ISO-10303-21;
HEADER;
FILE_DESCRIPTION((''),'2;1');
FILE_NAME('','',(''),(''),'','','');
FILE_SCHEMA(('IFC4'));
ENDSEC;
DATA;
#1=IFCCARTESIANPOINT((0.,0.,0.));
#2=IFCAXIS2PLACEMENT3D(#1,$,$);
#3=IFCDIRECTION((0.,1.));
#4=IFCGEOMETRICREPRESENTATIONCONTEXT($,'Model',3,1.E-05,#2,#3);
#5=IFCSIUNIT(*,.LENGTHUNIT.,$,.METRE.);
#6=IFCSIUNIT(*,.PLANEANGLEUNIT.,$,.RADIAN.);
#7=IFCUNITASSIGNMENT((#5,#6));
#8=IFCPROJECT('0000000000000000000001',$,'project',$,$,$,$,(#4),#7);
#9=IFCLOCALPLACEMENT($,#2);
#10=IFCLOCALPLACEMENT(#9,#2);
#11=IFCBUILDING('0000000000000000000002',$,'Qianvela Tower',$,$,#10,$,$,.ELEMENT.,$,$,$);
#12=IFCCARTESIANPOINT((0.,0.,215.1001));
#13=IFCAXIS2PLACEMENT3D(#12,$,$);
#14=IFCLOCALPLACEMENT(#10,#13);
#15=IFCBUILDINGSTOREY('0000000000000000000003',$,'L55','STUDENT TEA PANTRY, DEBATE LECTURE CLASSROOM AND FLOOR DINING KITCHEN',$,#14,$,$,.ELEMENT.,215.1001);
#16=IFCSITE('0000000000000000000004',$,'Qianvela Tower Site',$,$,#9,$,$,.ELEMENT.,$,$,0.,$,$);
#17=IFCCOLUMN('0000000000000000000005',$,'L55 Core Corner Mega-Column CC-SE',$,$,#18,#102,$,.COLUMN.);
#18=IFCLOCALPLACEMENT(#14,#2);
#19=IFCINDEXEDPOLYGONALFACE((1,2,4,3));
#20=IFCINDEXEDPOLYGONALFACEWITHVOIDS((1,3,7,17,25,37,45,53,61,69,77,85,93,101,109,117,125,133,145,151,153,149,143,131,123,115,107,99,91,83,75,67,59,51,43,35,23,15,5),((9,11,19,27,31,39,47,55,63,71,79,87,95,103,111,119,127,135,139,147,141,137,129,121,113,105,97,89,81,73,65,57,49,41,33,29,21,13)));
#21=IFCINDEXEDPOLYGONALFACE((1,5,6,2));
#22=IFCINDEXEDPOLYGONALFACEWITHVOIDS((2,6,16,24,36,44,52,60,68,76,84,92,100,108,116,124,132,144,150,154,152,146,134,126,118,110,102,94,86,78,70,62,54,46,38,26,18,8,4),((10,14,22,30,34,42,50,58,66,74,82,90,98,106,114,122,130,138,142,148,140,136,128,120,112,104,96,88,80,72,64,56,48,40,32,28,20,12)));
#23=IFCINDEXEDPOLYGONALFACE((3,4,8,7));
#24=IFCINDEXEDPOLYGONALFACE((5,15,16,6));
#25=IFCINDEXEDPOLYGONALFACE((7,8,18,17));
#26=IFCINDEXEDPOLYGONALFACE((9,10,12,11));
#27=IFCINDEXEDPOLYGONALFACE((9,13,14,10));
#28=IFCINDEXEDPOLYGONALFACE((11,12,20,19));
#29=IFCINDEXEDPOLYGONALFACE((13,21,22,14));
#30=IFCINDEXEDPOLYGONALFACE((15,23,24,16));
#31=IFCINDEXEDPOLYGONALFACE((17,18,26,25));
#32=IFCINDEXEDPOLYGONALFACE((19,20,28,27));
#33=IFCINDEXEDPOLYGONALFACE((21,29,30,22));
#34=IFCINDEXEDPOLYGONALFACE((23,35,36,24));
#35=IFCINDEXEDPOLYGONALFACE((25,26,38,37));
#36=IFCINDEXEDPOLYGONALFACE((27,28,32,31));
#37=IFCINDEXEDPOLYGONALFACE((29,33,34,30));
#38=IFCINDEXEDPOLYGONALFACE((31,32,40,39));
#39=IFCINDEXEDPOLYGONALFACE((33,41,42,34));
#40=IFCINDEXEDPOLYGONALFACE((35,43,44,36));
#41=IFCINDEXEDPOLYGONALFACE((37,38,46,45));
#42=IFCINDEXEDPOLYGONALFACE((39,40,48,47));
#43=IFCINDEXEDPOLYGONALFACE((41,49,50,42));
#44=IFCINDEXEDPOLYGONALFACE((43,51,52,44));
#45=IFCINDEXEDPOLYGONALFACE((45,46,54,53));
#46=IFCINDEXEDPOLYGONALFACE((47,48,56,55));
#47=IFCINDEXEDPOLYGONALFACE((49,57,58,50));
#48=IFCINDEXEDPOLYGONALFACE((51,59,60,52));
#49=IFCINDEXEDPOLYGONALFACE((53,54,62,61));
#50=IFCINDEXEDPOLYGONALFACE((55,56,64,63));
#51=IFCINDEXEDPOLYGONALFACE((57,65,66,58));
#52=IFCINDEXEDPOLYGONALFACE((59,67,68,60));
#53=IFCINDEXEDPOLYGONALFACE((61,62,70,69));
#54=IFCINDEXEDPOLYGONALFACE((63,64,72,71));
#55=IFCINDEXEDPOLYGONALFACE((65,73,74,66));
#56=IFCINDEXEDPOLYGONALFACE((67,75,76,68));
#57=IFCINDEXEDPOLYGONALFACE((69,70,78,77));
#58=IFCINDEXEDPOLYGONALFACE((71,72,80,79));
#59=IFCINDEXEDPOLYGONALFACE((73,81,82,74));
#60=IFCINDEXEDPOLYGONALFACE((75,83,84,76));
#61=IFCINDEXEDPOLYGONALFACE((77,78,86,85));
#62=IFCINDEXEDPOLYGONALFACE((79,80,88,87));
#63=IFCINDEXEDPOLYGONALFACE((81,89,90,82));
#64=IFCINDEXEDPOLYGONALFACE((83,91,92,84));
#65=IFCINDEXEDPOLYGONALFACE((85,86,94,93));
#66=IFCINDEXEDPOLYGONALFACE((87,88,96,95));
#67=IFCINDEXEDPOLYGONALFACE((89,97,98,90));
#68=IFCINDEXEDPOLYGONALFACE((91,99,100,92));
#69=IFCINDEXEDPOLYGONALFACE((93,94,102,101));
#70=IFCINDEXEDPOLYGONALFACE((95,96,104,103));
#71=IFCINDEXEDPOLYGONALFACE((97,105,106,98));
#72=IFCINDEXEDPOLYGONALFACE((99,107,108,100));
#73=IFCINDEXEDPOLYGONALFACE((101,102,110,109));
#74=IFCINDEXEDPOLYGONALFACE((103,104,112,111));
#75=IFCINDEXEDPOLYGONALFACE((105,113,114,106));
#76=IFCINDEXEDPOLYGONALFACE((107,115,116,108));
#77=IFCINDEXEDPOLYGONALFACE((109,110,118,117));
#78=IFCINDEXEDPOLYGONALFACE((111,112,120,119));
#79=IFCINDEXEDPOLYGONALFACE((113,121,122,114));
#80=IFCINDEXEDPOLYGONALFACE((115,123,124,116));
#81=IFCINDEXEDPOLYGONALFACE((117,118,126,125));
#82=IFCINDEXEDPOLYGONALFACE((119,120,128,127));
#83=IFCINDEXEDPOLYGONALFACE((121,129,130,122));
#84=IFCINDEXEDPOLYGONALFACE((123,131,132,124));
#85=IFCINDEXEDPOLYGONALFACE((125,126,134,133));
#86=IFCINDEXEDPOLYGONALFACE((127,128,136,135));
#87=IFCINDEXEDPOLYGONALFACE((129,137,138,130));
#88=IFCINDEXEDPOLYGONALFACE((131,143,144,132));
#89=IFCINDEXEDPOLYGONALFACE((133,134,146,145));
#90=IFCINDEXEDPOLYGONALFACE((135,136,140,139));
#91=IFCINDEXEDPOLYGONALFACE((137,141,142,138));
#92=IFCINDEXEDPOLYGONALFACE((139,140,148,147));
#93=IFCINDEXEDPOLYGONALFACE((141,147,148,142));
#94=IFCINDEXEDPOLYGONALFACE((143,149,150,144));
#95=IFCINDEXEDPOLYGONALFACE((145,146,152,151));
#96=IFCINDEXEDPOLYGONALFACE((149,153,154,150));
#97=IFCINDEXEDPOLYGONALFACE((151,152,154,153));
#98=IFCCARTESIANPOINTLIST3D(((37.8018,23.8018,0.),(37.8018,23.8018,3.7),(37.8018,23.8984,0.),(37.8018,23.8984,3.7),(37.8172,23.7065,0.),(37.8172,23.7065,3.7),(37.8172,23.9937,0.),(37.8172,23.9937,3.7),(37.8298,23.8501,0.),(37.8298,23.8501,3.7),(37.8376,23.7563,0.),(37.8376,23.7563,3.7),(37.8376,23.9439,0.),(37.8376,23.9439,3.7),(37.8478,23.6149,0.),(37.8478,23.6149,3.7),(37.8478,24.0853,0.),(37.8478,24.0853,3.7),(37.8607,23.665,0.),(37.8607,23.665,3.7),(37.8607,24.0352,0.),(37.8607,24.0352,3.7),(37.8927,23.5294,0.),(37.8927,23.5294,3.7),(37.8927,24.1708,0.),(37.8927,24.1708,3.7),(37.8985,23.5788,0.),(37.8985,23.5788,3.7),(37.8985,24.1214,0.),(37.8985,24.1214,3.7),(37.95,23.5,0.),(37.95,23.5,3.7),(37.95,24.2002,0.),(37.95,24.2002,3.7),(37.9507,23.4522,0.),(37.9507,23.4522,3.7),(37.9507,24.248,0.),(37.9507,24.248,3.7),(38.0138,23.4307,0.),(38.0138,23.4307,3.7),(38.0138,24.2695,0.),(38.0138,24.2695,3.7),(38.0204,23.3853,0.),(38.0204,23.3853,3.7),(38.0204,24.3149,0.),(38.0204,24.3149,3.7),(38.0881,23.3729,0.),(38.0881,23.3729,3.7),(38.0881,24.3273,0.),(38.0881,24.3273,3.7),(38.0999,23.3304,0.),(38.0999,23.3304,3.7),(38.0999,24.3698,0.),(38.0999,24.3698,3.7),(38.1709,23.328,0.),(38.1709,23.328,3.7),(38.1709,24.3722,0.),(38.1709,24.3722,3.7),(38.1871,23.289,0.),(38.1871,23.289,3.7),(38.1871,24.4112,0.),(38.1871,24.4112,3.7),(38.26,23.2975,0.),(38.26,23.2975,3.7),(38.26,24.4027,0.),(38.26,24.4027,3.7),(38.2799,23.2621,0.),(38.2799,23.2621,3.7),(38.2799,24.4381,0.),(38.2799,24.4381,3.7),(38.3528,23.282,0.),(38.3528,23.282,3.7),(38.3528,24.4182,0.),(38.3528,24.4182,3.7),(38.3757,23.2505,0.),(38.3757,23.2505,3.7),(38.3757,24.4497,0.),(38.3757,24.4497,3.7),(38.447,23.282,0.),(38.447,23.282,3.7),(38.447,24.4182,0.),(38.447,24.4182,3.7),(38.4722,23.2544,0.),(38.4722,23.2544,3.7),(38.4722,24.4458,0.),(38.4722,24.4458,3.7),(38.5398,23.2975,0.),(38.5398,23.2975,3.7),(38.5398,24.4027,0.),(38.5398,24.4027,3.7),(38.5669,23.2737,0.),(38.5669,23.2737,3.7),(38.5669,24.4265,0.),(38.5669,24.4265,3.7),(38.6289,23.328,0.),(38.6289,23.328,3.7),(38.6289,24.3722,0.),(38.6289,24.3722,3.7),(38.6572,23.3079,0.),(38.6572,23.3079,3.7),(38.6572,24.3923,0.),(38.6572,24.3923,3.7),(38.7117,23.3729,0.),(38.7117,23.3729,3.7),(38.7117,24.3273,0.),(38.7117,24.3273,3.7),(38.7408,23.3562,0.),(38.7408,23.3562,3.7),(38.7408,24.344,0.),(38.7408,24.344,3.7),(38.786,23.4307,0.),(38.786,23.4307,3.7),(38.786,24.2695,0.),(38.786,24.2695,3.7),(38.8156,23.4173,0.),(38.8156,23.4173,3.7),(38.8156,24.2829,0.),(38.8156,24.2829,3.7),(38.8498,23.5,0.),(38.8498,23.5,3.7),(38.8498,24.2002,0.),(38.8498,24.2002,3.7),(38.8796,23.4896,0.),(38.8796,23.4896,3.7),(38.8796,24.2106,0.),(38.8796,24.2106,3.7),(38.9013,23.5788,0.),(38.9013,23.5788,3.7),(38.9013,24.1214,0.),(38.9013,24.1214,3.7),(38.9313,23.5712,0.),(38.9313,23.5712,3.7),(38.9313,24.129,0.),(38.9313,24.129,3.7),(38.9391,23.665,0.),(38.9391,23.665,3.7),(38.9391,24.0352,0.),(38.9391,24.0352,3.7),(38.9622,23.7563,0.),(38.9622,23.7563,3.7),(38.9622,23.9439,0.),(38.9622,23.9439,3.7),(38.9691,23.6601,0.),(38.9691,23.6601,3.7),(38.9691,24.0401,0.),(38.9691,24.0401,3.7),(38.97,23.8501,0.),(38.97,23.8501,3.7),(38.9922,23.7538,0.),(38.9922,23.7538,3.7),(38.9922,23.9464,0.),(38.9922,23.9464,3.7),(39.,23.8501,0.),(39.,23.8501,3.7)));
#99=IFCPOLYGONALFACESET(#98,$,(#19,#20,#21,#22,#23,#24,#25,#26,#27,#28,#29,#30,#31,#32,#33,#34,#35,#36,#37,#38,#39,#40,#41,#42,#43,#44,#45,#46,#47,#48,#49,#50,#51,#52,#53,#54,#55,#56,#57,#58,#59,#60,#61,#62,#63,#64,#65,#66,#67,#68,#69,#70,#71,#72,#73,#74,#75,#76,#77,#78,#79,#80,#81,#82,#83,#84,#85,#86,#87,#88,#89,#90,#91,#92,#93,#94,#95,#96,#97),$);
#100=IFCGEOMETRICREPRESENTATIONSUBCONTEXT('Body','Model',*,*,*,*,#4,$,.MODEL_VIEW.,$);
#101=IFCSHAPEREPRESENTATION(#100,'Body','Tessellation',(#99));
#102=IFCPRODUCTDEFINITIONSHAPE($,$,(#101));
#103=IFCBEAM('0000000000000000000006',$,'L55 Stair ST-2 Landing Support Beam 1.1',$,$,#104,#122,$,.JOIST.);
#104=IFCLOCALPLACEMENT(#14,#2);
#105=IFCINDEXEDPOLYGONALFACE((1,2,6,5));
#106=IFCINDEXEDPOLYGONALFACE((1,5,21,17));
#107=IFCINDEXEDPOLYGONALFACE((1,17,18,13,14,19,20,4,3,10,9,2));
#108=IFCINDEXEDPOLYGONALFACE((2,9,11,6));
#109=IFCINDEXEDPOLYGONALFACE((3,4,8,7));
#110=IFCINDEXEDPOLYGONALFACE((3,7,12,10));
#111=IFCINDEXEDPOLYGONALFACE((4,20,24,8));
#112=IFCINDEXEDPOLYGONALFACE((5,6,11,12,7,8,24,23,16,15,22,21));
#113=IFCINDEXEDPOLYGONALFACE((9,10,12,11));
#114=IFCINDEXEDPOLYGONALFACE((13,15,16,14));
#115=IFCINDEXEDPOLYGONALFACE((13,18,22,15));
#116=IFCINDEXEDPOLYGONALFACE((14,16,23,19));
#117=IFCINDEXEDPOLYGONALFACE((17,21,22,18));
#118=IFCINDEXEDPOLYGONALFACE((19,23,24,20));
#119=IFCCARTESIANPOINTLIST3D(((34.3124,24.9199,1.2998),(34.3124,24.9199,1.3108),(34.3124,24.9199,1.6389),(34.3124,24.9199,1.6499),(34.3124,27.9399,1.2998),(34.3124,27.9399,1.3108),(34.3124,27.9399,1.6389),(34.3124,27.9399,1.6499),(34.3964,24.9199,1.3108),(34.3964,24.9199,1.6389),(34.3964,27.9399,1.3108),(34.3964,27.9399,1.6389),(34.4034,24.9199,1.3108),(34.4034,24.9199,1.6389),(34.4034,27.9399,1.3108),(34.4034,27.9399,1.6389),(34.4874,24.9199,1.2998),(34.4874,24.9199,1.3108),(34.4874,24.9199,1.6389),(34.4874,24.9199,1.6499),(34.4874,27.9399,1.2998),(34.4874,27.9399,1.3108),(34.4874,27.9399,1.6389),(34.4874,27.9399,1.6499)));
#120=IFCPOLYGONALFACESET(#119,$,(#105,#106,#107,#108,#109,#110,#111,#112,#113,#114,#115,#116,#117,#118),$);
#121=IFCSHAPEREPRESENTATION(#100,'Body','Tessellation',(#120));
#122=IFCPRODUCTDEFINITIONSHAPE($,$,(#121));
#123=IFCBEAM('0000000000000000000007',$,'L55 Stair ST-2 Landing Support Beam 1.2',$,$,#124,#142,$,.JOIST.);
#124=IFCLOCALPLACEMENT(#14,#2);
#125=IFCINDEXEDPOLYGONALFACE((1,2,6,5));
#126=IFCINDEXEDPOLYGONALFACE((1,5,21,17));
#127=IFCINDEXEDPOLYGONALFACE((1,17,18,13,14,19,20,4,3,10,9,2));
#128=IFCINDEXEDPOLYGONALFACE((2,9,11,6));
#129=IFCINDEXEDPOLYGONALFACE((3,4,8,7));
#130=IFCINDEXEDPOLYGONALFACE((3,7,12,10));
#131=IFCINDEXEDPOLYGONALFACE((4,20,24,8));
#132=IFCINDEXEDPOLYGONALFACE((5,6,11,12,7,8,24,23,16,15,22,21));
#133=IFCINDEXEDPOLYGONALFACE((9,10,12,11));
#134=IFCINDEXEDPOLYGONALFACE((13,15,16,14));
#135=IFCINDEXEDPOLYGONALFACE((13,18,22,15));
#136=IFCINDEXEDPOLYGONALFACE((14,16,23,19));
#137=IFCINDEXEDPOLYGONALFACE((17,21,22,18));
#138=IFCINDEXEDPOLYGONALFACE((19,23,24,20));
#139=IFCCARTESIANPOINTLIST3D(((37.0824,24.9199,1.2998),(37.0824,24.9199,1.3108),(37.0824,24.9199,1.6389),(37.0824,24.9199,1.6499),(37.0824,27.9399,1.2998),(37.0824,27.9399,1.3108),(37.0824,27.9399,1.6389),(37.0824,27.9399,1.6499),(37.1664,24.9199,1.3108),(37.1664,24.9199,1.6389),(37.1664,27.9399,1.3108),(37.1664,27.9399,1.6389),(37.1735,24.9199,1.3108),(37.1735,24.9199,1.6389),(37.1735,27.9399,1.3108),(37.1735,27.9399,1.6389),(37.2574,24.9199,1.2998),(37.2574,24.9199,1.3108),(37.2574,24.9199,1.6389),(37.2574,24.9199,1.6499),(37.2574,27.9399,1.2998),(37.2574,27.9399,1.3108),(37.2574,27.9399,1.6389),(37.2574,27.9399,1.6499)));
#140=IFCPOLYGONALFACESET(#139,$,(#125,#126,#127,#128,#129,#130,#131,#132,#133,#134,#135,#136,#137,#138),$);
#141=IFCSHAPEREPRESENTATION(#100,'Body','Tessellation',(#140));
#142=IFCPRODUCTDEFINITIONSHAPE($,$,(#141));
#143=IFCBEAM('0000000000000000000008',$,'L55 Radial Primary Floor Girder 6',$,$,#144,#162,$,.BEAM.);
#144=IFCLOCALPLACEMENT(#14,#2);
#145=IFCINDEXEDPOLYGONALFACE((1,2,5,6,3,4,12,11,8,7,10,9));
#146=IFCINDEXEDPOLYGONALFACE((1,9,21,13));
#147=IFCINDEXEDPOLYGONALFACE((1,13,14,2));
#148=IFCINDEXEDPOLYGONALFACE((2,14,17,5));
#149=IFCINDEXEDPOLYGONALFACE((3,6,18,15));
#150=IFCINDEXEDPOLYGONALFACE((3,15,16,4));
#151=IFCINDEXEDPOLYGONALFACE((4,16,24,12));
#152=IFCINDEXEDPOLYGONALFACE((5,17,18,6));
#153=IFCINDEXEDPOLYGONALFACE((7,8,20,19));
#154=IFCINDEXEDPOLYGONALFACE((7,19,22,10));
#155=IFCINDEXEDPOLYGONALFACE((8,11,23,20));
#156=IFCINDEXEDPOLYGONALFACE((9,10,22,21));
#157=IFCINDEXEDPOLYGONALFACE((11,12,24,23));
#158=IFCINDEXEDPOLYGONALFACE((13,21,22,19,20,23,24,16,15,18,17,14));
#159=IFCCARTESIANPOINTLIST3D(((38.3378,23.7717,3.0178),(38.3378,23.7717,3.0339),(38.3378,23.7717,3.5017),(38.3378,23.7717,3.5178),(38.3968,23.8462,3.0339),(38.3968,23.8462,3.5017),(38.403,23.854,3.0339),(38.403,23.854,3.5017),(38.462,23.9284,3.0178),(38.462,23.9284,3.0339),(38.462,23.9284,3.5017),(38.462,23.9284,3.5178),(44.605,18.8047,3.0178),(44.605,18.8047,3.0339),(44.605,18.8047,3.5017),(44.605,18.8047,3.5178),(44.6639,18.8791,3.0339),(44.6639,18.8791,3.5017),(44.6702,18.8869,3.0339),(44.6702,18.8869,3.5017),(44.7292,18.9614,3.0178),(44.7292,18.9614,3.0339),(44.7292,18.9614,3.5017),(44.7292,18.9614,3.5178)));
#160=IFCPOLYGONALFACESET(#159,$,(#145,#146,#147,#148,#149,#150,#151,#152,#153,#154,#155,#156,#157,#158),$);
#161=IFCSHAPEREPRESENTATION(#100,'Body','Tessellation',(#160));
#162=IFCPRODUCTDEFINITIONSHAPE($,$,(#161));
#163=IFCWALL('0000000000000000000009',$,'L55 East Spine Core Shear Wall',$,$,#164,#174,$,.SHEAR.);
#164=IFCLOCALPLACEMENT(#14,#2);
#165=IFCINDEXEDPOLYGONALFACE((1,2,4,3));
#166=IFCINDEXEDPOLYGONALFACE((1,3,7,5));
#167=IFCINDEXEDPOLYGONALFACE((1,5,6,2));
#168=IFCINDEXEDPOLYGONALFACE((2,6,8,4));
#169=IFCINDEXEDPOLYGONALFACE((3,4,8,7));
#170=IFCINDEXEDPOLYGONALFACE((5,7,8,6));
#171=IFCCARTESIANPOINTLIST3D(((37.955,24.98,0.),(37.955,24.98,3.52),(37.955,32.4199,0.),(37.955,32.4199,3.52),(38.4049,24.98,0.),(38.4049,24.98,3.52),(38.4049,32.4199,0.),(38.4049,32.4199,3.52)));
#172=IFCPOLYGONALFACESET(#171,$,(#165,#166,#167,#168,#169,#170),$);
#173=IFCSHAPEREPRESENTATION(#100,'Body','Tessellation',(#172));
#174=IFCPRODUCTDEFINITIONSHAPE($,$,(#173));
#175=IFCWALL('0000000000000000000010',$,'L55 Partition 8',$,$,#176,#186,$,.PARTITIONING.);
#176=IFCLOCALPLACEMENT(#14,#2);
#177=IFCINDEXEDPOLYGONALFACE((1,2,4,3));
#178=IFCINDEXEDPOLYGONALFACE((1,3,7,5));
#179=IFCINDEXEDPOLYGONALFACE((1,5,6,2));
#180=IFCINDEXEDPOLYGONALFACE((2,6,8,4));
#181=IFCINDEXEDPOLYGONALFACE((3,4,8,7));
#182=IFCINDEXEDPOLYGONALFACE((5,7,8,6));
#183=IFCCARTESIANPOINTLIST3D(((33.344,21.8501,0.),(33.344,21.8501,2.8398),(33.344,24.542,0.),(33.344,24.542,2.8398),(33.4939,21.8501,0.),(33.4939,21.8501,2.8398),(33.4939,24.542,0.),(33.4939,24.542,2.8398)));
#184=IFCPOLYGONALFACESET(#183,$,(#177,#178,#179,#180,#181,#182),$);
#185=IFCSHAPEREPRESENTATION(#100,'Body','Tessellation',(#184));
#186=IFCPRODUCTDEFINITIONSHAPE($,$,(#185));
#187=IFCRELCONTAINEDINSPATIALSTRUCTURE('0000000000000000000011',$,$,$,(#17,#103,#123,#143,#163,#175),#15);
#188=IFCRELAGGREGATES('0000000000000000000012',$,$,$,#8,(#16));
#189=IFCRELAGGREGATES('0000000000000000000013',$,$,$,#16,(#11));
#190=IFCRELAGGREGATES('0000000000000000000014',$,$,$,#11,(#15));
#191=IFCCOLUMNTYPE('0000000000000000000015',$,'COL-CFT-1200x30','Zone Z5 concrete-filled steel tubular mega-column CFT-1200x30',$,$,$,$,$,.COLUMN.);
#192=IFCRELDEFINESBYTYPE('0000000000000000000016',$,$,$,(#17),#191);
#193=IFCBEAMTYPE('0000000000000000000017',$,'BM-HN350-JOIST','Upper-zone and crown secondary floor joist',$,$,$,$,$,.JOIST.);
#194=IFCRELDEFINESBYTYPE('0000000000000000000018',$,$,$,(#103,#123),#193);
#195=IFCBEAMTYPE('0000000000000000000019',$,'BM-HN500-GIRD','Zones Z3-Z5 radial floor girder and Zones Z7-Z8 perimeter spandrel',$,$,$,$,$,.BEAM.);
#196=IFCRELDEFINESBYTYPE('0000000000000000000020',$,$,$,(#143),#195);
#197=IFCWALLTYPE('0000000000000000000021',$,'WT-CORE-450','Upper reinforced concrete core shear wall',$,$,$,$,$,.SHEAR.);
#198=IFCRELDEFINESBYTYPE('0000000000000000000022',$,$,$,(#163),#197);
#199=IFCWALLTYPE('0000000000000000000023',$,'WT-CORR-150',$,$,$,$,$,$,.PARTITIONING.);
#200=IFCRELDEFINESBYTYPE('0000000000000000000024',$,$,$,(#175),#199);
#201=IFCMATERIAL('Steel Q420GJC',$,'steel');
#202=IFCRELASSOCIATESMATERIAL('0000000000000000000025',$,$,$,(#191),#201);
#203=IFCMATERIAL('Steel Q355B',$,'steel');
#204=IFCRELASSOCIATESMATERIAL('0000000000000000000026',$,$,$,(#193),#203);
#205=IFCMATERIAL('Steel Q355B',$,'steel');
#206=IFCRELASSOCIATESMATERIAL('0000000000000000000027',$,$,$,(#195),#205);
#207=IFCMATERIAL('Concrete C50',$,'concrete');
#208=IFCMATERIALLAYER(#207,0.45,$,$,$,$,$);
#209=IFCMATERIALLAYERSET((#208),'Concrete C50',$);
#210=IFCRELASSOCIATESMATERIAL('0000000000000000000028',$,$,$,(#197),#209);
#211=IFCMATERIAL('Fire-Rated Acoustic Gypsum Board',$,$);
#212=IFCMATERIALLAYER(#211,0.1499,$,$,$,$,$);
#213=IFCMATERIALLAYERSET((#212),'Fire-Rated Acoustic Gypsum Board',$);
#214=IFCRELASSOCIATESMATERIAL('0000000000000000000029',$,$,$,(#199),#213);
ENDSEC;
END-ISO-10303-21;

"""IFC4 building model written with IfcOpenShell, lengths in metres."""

from ifc_helpers import new_model, si_unit, direction, frame, frame_2d, origin, origin_2d, place, context, subcontext, project, spatial, rectangle, hollow_circle, i_section, extrude, material, layer, layer_set, material_profile, profile_set, type_object, element, save


model = new_model("IFC4")

# Units and contexts
model_context = context("Model", 3, precision=1e-05, world=origin(), true_north=direction((0.0, 1.0)))
body_context = subcontext(model_context, "Body", "Model", "MODEL_VIEW")
ifc_project = project(units=[si_unit("LENGTHUNIT", "METRE"), si_unit("PLANEANGLEUNIT", "RADIAN")], contexts=[model_context])

# Site, building, storey
site_placement = place(None, origin())
site = spatial("IfcSite", under=ifc_project, at=site_placement, Name="Qianvela Tower Site", CompositionType="ELEMENT", RefElevation=0.0)
building_placement = place(site_placement, origin())
building = spatial("IfcBuilding", under=site, at=building_placement, Name="Qianvela Tower", CompositionType="ELEMENT")
storey_placement = place(building_placement, frame((0.0, 0.0, 215.1001)))
storey = spatial("IfcBuildingStorey", under=building, at=storey_placement, Name="L55", Description="STUDENT TEA PANTRY, DEBATE LECTURE CLASSROOM AND FLOOR DINING KITCHEN", CompositionType="ELEMENT", Elevation=215.1001)

# Column
ifc_material_1 = material(Name="Steel Q420GJC", Category="steel")
ifc_material_profile_1 = material_profile(ifc_material_1, hollow_circle(Radius=0.6001, WallThickness=0.03, at=origin_2d()), Name="CFT-1200x30")
ifc_profile_set_1 = profile_set([ifc_material_profile_1], Name="Steel Q420GJC")
column_type = type_object("IfcColumnType", Name="COL-CFT-1200x30", Description="Zone Z5 concrete-filled steel tubular mega-column CFT-1200x30", PredefinedType="COLUMN", material=ifc_profile_set_1)
column_placement = place(storey_placement, frame((38.3999, 23.8501, 0.0), z_axis=(0.0, 0.0, 1.0), x_axis=(1.0, 0.0, 0.0)))
element("IfcColumn", 1, at=column_placement, inside=storey, type_object=column_type, Name="L55 Core Corner Mega-Column CC-SE", PredefinedType="COLUMN", context=body_context, shape_type="SweptSolid", body=[
    extrude(hollow_circle(Radius=0.6001, WallThickness=0.03, at=origin_2d()), origin(), (0.0, 0.0, 1.0), 3.7),
])

# Beams
ifc_material_2 = material(Name="Steel Q355B", Category="steel")
ifc_material_profile_2 = material_profile(ifc_material_2, i_section(OverallWidth=0.175, OverallDepth=0.3501, WebThickness=0.0071, FlangeThickness=0.011, at=origin_2d()), Name="HN350x175x7x11")
ifc_profile_set_2 = profile_set([ifc_material_profile_2], Name="Steel Q355B")
beam_type_1 = type_object("IfcBeamType", Name="BM-HN350-JOIST", Description="Upper-zone and crown secondary floor joist", PredefinedType="JOIST", material=ifc_profile_set_2)
for number, where, z_axis, x_axis, name in (
    (2, (34.3999, 24.9199, 1.4749), (0.0, 1.0, 0.0), (-1.0, 0.0, 0.0), "L55 Stair ST-2 Landing Support Beam 1.1"),
    (3, (37.1699, 24.9199, 1.4749), (0.0, 1.0, 0.0), (-1.0, 0.0, 0.0), "L55 Stair ST-2 Landing Support Beam 1.2"),
):
    element("IfcBeam", number, at=place(storey_placement, frame(where, z_axis=z_axis, x_axis=x_axis)), inside=storey, type_object=beam_type_1, Name=name, PredefinedType="JOIST", context=body_context, shape_type="SweptSolid", body=[
        extrude(i_section(OverallWidth=0.175, OverallDepth=0.3501, WebThickness=0.0071, FlangeThickness=0.011, at=origin_2d()), origin(), (0.0, 0.0, 1.0), 3.02),
    ])
ifc_material_3 = material(Name="Steel Q355B", Category="steel")
ifc_material_profile_3 = material_profile(ifc_material_3, i_section(OverallWidth=0.2, OverallDepth=0.5, WebThickness=0.01, FlangeThickness=0.0161, at=origin_2d()), Name="HN500x200x10x16")
ifc_profile_set_3 = profile_set([ifc_material_profile_3], Name="Steel Q355B")
beam_type_2 = type_object("IfcBeamType", Name="BM-HN500-GIRD", Description="Zones Z3-Z5 radial floor girder and Zones Z7-Z8 perimeter spandrel", PredefinedType="BEAM", material=ifc_profile_set_3)
beam_placement = place(storey_placement, frame((38.3999, 23.8501, 3.2678), z_axis=(0.783705, -0.621133, 0.0), x_axis=(0.621133, 0.783705, 0.0)))
element("IfcBeam", 4, at=beam_placement, inside=storey, type_object=beam_type_2, Name="L55 Radial Primary Floor Girder 6", PredefinedType="BEAM", context=body_context, shape_type="SweptSolid", body=[
    extrude(i_section(OverallWidth=0.2, OverallDepth=0.5, WebThickness=0.01, FlangeThickness=0.0161, at=origin_2d()), origin(), (0.0, 0.0, 1.0), 7.9968),
])

# Walls
ifc_material_4 = material(Name="Concrete C50", Category="concrete")
ifc_layer_1 = layer(ifc_material_4, 0.45)
ifc_layer_set_1 = layer_set([ifc_layer_1], Name="Concrete C50")
wall_type_1 = type_object("IfcWallType", Name="WT-CORE-450", Description="Upper reinforced concrete core shear wall", PredefinedType="SHEAR", material=ifc_layer_set_1)
wall_1_placement = place(storey_placement, frame((38.1799, 24.98, 0.0), z_axis=(0.0, 0.0, 1.0), x_axis=(0.0, 1.0, 0.0)))
element("IfcWall", 5, at=wall_1_placement, inside=storey, type_object=wall_type_1, Name="L55 East Spine Core Shear Wall", PredefinedType="SHEAR", context=body_context, shape_type="SweptSolid", body=[
    extrude(rectangle(XDim=7.4399, YDim=0.45, at=frame_2d((3.72, 0.0))), origin(), (0.0, 0.0, 1.0), 3.52),
])
ifc_material_5 = material(Name="Fire-Rated Acoustic Gypsum Board")
ifc_layer_2 = layer(ifc_material_5, 0.1499)
ifc_layer_set_2 = layer_set([ifc_layer_2], Name="Fire-Rated Acoustic Gypsum Board")
wall_type_2 = type_object("IfcWallType", Name="WT-CORR-150", PredefinedType="PARTITIONING", material=ifc_layer_set_2)
wall_2_placement = place(storey_placement, frame((33.4189, 24.542, 0.0), z_axis=(0.0, 0.0, 1.0), x_axis=(0.0, -1.0, 0.0)))
element("IfcWall", 6, at=wall_2_placement, inside=storey, type_object=wall_type_2, Name="L55 Partition 8", PredefinedType="PARTITIONING", context=body_context, shape_type="SweptSolid", body=[
    extrude(rectangle(XDim=2.6919, YDim=0.1499, at=frame_2d((1.3459, 0.0))), origin(), (0.0, 0.0, 1.0), 2.8398),
])

save(model, "model.ifc")
